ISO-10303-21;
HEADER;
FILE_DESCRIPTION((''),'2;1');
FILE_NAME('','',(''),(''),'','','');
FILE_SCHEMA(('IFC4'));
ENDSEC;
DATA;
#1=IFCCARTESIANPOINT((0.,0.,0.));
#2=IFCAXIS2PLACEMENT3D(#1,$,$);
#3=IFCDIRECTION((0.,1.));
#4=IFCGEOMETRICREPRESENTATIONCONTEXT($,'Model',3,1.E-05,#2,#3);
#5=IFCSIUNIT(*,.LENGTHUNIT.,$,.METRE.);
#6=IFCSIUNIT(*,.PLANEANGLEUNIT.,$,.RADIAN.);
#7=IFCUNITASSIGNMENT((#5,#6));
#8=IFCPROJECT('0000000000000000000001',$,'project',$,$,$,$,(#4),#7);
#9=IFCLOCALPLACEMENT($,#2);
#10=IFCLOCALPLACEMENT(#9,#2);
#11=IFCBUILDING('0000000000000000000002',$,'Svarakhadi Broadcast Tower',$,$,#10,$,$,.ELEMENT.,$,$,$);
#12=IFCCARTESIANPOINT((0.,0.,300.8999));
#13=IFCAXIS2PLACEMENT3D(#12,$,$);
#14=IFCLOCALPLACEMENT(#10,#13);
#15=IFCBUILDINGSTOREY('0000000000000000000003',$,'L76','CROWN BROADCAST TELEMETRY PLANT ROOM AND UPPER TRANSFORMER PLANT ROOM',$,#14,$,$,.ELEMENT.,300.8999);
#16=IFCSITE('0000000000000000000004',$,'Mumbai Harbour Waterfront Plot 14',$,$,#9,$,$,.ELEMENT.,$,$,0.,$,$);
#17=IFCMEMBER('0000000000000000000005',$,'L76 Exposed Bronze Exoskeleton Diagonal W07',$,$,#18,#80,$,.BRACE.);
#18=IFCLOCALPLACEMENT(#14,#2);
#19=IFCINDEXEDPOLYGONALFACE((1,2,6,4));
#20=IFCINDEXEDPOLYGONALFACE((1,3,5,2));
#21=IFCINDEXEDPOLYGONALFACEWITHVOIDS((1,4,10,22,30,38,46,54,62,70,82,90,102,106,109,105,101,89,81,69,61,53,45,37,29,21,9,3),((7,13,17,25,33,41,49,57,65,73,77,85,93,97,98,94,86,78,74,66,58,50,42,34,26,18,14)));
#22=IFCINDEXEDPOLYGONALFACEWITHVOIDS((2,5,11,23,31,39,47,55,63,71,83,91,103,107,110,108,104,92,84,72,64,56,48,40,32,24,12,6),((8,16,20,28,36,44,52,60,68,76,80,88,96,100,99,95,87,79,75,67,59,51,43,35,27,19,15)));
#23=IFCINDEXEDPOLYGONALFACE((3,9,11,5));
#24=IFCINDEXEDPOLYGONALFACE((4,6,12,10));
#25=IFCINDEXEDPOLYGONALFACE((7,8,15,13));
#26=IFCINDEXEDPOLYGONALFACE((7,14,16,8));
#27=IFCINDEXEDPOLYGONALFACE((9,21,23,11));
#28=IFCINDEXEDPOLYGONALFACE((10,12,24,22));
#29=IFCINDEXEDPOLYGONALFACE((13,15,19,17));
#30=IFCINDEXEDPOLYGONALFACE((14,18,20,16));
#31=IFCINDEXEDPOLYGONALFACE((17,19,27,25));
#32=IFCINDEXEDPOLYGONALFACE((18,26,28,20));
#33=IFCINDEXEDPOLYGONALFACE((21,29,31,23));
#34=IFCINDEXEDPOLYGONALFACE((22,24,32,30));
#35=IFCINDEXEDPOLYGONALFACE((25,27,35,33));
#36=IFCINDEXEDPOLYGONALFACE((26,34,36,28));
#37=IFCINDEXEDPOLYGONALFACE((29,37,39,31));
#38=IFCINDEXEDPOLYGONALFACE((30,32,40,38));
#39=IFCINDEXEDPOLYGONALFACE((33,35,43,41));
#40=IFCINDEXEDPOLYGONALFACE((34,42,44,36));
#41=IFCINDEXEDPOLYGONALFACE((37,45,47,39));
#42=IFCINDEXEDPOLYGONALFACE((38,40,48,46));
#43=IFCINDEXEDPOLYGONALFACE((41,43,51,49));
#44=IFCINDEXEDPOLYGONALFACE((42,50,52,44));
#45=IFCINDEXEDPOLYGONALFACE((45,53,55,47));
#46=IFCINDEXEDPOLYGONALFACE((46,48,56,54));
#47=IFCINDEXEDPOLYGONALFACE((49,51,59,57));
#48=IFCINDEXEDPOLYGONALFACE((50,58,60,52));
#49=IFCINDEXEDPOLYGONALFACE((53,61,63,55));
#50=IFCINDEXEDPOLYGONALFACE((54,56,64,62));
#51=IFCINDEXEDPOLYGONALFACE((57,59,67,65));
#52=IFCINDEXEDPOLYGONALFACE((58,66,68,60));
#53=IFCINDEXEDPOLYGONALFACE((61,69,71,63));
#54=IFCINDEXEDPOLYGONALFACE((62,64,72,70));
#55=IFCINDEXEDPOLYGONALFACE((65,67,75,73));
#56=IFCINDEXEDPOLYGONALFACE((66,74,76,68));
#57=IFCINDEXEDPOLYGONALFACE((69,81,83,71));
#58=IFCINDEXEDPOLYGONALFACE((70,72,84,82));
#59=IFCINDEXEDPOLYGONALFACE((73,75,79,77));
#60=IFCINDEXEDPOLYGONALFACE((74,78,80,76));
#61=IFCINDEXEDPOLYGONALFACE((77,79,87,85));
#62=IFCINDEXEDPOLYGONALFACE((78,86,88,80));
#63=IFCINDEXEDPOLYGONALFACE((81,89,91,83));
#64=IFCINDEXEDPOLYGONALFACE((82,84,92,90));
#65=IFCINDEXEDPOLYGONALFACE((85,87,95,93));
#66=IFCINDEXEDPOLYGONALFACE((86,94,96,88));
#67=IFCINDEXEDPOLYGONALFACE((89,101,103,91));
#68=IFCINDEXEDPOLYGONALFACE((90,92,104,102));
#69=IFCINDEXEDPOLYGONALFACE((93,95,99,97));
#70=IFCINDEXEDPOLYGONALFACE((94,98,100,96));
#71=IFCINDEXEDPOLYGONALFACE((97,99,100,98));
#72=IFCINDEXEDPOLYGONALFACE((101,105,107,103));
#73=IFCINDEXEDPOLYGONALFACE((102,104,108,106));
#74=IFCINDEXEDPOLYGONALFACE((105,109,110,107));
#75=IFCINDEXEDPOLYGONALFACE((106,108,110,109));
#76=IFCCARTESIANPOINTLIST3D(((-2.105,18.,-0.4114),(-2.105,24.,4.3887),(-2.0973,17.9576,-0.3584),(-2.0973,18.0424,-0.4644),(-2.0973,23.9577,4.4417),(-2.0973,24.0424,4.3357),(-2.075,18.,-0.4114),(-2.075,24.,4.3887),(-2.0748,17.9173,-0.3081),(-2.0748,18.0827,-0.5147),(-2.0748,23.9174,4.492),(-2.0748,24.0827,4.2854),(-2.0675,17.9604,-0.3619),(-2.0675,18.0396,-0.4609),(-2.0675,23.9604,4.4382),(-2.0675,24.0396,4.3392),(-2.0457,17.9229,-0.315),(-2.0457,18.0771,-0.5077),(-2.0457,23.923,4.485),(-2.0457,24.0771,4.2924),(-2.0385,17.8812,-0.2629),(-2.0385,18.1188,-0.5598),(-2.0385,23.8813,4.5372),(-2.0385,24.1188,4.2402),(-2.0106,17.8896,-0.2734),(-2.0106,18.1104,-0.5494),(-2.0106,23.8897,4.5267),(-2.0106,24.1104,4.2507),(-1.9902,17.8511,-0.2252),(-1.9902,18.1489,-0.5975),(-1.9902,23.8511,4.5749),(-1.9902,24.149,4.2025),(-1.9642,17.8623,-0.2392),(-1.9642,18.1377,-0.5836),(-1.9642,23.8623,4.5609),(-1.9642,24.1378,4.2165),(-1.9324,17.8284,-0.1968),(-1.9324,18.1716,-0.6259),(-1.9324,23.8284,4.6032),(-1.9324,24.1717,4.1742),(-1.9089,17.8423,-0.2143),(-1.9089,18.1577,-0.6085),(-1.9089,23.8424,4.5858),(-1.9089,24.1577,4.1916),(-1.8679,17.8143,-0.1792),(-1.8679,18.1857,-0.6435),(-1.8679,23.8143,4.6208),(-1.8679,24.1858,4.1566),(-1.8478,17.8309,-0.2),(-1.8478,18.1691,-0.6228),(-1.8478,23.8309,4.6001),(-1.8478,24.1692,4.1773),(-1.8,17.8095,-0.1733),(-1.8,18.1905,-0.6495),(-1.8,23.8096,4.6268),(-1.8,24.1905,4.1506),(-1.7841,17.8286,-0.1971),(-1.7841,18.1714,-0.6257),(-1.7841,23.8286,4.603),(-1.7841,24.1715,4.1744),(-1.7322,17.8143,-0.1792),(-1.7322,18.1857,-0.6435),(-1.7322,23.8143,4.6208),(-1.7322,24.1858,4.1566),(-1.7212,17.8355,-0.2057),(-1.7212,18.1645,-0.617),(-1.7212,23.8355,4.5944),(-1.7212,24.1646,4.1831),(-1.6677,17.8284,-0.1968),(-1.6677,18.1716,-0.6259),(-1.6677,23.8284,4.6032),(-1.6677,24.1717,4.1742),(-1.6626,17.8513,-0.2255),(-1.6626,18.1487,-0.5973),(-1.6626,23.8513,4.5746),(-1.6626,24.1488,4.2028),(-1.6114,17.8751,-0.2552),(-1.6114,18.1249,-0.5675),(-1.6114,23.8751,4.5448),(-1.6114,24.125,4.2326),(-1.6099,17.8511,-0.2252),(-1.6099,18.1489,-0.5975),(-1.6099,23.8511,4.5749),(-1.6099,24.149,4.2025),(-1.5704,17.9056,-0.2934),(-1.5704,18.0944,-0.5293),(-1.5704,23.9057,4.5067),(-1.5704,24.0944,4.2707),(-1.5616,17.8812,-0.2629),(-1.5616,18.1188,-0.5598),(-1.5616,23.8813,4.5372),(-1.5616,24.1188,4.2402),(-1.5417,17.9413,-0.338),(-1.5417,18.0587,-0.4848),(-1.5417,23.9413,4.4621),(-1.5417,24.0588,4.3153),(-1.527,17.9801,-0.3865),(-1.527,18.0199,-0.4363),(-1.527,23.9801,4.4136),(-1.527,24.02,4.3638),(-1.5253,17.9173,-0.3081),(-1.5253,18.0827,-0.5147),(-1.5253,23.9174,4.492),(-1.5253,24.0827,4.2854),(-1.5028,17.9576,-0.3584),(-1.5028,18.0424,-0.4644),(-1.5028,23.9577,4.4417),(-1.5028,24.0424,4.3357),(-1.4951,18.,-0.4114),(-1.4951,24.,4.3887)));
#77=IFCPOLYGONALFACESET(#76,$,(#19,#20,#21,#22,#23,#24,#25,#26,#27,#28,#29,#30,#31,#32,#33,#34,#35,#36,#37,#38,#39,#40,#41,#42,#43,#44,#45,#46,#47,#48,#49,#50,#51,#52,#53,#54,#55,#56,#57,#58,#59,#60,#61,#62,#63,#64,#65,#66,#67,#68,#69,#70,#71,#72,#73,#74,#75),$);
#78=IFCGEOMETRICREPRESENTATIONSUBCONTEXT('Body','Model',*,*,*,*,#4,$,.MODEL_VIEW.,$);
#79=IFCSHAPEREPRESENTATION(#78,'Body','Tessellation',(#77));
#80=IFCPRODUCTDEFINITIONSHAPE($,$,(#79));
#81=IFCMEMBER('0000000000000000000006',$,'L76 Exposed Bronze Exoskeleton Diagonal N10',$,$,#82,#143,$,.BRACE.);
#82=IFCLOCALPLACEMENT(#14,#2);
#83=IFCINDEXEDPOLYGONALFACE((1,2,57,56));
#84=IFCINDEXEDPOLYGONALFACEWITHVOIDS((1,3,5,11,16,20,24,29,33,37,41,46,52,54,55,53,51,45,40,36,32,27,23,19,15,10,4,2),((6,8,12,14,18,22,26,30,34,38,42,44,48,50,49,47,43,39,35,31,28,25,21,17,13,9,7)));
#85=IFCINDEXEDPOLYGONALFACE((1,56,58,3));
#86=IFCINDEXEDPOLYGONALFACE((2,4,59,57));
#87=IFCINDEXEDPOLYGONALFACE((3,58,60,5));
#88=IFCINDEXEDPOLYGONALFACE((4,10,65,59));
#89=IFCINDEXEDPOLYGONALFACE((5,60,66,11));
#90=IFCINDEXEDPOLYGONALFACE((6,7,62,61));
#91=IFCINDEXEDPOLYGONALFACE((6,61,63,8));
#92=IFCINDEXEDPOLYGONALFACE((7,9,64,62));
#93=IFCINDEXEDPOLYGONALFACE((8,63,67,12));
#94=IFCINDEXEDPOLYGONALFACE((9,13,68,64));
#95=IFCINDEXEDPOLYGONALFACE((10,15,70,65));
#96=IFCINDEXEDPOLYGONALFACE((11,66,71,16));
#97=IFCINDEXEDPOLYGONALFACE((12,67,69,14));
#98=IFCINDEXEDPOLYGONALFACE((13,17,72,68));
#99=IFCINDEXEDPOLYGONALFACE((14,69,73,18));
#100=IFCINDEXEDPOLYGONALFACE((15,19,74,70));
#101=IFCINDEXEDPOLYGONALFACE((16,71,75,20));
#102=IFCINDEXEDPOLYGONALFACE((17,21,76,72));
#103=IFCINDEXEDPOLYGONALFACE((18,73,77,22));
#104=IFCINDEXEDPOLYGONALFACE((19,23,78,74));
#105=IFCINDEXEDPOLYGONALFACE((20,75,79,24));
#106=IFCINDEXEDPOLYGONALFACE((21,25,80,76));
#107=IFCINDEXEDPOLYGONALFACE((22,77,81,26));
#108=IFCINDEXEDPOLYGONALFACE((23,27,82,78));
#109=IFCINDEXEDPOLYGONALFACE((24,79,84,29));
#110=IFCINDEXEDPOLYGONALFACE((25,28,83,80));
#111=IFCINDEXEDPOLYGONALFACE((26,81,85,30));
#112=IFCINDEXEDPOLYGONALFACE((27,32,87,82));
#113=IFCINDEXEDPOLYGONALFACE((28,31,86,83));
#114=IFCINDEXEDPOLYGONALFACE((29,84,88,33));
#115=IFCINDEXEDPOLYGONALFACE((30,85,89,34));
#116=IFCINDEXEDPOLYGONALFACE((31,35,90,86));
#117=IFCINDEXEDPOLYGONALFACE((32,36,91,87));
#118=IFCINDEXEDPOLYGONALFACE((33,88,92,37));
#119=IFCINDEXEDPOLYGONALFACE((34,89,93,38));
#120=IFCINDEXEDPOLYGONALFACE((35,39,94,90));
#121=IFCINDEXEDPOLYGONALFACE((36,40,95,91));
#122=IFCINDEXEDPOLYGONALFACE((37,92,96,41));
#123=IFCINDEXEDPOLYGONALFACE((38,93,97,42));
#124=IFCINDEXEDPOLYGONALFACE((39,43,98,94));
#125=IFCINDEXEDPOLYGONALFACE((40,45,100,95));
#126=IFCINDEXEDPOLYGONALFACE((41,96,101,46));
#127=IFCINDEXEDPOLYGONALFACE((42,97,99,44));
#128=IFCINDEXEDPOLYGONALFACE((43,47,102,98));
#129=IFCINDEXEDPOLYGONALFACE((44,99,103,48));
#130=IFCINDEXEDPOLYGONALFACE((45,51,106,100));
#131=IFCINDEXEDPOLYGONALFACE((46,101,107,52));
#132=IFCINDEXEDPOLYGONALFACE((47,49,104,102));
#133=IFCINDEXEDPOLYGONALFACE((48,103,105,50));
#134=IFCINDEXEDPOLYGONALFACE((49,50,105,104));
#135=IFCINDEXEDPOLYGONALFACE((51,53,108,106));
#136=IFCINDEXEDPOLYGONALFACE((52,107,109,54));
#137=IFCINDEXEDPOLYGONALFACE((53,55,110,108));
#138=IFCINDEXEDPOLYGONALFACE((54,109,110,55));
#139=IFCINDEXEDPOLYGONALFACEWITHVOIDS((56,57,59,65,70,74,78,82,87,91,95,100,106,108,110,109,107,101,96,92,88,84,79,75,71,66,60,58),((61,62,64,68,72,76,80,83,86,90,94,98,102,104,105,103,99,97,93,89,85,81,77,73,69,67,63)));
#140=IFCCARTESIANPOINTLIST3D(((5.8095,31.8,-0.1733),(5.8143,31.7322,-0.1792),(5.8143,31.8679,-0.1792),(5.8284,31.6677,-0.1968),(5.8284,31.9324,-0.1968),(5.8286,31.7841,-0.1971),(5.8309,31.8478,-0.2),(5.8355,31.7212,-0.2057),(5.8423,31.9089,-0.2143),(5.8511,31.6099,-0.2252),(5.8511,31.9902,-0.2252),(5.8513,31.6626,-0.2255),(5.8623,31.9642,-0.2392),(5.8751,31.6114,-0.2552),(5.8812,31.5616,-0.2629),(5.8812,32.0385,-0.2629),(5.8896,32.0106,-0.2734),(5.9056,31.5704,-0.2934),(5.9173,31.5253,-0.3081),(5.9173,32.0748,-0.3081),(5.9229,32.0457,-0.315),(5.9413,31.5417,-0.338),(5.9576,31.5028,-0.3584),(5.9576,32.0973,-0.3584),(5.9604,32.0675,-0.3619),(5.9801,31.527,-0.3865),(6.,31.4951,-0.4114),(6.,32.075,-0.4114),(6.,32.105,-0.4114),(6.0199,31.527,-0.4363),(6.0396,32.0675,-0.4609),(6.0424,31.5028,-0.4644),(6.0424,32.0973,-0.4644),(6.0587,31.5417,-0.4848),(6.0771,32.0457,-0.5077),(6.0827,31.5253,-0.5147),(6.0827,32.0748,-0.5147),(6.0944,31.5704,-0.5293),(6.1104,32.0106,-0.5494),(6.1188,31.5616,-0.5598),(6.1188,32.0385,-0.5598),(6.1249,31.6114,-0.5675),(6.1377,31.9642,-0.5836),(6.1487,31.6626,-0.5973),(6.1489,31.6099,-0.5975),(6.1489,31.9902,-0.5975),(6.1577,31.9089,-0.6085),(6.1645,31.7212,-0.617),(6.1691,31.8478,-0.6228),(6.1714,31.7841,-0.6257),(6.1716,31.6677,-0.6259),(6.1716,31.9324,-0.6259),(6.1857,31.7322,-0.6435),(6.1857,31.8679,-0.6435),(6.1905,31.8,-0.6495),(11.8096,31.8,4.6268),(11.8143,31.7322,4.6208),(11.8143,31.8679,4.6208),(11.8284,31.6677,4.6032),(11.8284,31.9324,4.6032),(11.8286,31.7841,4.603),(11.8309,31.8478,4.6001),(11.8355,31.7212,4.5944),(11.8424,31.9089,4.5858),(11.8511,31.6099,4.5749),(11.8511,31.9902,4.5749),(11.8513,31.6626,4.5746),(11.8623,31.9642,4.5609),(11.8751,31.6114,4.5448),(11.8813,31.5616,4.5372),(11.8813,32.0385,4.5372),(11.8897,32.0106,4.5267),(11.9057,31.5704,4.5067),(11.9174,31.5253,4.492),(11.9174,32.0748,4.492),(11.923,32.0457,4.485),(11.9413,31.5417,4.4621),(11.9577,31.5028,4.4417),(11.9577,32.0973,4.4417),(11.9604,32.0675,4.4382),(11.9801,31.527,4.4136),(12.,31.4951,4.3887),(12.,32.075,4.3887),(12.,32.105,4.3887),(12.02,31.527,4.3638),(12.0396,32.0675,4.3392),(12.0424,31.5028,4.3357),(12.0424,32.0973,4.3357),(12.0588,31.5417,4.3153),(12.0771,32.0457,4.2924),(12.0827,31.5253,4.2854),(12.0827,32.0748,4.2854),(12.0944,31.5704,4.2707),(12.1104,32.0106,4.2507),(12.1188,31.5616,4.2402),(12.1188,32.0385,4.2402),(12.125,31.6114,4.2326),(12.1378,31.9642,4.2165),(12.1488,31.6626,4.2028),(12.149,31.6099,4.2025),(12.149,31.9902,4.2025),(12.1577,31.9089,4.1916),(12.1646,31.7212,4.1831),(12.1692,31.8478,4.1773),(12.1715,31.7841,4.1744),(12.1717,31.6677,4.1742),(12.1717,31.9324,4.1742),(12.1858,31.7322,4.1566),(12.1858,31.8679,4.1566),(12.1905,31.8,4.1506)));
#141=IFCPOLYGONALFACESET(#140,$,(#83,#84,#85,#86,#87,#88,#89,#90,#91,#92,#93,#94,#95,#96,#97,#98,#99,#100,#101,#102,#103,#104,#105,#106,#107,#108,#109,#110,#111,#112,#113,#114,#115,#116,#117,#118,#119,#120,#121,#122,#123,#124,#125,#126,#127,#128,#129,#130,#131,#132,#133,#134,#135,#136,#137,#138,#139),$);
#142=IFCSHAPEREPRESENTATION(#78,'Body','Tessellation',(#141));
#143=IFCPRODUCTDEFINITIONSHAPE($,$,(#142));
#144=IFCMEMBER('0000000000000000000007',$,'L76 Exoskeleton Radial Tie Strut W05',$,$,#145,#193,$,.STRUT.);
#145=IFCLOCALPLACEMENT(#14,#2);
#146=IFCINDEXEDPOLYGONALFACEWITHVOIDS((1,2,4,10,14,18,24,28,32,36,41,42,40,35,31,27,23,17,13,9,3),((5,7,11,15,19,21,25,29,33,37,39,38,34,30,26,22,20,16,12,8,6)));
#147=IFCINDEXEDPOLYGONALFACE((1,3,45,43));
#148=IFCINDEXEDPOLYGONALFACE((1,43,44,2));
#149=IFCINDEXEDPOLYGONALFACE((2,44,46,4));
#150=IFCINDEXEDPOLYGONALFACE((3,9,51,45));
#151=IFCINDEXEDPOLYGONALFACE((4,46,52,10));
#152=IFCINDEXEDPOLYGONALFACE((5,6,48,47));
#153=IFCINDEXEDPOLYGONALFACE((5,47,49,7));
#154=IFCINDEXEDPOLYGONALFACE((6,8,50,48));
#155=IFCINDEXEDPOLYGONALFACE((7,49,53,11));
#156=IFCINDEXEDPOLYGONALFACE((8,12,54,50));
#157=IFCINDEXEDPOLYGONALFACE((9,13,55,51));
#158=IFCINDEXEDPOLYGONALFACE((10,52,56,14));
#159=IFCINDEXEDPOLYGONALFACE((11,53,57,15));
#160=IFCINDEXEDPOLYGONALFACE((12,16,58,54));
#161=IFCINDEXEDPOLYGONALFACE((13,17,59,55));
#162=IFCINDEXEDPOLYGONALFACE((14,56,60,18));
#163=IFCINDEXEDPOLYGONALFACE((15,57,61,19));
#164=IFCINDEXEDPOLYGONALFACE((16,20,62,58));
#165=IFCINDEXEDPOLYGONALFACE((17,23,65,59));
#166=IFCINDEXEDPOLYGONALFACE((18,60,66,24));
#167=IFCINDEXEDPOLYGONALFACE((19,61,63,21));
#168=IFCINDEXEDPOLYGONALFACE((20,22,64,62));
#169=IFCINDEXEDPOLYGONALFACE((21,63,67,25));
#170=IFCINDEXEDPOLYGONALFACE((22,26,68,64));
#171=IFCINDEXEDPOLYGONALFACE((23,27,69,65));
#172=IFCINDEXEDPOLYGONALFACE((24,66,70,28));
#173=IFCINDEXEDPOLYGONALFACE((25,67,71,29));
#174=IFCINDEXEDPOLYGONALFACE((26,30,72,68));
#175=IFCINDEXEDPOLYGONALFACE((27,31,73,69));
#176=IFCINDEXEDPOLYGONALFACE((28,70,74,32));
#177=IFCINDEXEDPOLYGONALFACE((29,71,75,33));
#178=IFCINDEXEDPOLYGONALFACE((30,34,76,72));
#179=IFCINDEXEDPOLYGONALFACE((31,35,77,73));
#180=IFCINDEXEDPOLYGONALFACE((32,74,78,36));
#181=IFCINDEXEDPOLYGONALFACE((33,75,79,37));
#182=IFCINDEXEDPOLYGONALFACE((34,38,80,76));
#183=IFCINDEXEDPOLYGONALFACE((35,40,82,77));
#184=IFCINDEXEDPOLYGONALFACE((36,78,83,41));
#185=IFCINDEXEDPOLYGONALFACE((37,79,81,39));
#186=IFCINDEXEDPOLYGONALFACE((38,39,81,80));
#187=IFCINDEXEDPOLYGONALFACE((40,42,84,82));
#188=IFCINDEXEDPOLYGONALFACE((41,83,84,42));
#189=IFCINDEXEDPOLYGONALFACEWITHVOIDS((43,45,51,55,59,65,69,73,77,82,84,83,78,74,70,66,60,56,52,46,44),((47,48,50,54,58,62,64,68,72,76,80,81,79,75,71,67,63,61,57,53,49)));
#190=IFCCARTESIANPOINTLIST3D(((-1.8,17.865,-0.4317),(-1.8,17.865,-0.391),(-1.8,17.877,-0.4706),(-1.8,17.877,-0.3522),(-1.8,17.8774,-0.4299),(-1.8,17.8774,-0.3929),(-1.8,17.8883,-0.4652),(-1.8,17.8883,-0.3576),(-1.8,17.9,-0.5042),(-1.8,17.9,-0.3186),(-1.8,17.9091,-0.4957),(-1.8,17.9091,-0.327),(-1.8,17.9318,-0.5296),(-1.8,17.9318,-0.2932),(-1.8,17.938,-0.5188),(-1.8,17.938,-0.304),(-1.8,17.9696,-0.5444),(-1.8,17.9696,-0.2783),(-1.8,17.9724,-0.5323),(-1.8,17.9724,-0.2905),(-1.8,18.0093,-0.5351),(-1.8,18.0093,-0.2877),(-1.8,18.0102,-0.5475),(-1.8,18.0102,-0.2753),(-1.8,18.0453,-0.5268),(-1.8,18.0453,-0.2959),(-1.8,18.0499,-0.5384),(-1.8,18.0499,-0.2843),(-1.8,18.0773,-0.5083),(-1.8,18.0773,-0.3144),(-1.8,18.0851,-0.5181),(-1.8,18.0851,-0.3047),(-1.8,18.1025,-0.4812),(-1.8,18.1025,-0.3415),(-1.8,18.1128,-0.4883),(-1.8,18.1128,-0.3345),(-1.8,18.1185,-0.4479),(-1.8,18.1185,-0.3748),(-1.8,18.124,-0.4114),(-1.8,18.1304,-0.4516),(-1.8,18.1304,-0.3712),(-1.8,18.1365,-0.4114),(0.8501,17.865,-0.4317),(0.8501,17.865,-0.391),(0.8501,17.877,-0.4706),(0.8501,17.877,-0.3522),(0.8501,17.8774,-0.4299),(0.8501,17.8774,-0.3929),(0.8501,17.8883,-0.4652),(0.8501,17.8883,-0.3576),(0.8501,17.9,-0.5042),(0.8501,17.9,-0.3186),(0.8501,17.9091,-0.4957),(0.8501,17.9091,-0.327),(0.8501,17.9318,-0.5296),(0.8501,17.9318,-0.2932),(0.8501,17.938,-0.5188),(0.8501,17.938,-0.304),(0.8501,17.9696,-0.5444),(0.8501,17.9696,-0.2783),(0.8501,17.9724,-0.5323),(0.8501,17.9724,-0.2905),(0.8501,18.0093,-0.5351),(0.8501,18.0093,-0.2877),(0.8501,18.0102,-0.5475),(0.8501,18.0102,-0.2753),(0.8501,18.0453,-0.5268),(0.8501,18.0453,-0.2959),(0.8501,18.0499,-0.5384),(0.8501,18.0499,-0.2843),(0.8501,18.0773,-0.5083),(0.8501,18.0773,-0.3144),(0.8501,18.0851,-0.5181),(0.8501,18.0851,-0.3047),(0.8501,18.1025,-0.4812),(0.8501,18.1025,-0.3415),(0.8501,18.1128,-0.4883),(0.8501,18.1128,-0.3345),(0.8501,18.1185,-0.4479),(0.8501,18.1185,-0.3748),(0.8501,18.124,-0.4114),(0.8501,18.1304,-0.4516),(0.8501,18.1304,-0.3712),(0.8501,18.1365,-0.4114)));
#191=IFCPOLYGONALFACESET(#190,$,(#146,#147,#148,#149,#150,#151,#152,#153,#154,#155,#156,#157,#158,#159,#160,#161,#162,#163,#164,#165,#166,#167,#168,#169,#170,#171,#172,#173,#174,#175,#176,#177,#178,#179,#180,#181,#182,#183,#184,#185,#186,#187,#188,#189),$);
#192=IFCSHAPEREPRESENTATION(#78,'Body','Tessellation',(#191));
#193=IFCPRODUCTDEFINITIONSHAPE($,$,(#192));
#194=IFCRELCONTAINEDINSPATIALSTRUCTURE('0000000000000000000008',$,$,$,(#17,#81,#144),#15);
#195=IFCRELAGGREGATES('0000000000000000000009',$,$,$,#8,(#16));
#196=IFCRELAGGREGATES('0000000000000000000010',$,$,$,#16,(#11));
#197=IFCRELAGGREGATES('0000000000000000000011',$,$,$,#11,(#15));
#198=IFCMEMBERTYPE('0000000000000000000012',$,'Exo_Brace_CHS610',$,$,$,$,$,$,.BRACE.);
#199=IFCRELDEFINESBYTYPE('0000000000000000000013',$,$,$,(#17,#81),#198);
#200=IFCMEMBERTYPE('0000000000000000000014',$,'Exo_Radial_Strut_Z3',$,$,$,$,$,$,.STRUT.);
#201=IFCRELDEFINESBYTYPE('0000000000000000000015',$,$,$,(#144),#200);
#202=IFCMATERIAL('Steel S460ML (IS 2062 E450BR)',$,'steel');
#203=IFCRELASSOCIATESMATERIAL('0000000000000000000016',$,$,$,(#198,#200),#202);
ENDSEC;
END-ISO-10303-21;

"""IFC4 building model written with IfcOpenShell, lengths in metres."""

from ifc_helpers import new_model, si_unit, direction, frame, origin, origin_2d, place, context, subcontext, project, spatial, hollow_circle, extrude, material, material_profile, profile_set, type_object, element, save


model = new_model("IFC4")

# Units and contexts
model_context = context("Model", 3, precision=1e-05, world=origin(), true_north=direction((0.0, 1.0)))
body_context = subcontext(model_context, "Body", "Model", "MODEL_VIEW")
ifc_project = project(units=[si_unit("LENGTHUNIT", "METRE"), si_unit("PLANEANGLEUNIT", "RADIAN")], contexts=[model_context])

# Site, building, storey
site_placement = place(None, origin())
site = spatial("IfcSite", under=ifc_project, at=site_placement, Name="Mumbai Harbour Waterfront Plot 14", CompositionType="ELEMENT", RefElevation=0.0)
building_placement = place(site_placement, origin())
building = spatial("IfcBuilding", under=site, at=building_placement, Name="Svarakhadi Broadcast Tower", CompositionType="ELEMENT")
storey_placement = place(building_placement, frame((0.0, 0.0, 300.8999)))
storey = spatial("IfcBuildingStorey", under=building, at=storey_placement, Name="L76", Description="CROWN BROADCAST TELEMETRY PLANT ROOM AND UPPER TRANSFORMER PLANT ROOM", CompositionType="ELEMENT", Elevation=300.8999)

# Shared definitions
ifc_material_1 = material(Name="Steel S460ML (IS 2062 E450BR)", Category="steel")

# Members
ifc_material_profile_1 = material_profile(ifc_material_1, hollow_circle(Radius=0.3049, WallThickness=0.03, at=origin_2d()), Name="CHS 610x30")
ifc_profile_set_1 = profile_set([ifc_material_profile_1], Name="Steel S460ML (IS 2062 E450BR)")
member_type_1 = type_object("IfcMemberType", Name="Exo_Brace_CHS610", PredefinedType="BRACE", material=ifc_profile_set_1)
for number, where, z_axis, x_axis, name in (
    (1, (-1.8, 18.0, -0.4114), (0.0, 0.780866, 0.624699), (-1.0, 0.0, 0.0), "L76 Exposed Bronze Exoskeleton Diagonal W07"),
    (2, (6.0, 31.8, -0.4114), (0.780866, 0.0, 0.624699), (0.0, 1.0, 0.0), "L76 Exposed Bronze Exoskeleton Diagonal N10"),
):
    element("IfcMember", number, at=place(storey_placement, frame(where, z_axis=z_axis, x_axis=x_axis)), inside=storey, type_object=member_type_1, Name=name, PredefinedType="BRACE", context=body_context, shape_type="SweptSolid", body=[
        extrude(hollow_circle(Radius=0.3049, WallThickness=0.03, at=origin_2d()), origin(), (0.0, 0.0, 1.0), 7.6838),
    ])
ifc_material_profile_2 = material_profile(ifc_material_1, hollow_circle(Radius=0.1365, WallThickness=0.0125, at=origin_2d()), Name="CHS 273x12.5")
ifc_profile_set_2 = profile_set([ifc_material_profile_2], Name="Steel S460ML (IS 2062 E450BR)")
member_type_2 = type_object("IfcMemberType", Name="Exo_Radial_Strut_Z3", PredefinedType="STRUT", material=ifc_profile_set_2)
for number, where, z_axis, x_axis, name in (
    (3, (-1.8, 18.0, -0.4114), (1.0, 0.0, 0.0), (0.0, 1.0, 0.0), "L76 Exoskeleton Radial Tie Strut W05"),
):
    element("IfcMember", number, at=place(storey_placement, frame(where, z_axis=z_axis, x_axis=x_axis)), inside=storey, type_object=member_type_2, Name=name, PredefinedType="STRUT", context=body_context, shape_type="SweptSolid", body=[
        extrude(hollow_circle(Radius=0.1365, WallThickness=0.0125, at=origin_2d()), origin(), (0.0, 0.0, 1.0), 2.6501),
    ])

save(model, "model.ifc")
